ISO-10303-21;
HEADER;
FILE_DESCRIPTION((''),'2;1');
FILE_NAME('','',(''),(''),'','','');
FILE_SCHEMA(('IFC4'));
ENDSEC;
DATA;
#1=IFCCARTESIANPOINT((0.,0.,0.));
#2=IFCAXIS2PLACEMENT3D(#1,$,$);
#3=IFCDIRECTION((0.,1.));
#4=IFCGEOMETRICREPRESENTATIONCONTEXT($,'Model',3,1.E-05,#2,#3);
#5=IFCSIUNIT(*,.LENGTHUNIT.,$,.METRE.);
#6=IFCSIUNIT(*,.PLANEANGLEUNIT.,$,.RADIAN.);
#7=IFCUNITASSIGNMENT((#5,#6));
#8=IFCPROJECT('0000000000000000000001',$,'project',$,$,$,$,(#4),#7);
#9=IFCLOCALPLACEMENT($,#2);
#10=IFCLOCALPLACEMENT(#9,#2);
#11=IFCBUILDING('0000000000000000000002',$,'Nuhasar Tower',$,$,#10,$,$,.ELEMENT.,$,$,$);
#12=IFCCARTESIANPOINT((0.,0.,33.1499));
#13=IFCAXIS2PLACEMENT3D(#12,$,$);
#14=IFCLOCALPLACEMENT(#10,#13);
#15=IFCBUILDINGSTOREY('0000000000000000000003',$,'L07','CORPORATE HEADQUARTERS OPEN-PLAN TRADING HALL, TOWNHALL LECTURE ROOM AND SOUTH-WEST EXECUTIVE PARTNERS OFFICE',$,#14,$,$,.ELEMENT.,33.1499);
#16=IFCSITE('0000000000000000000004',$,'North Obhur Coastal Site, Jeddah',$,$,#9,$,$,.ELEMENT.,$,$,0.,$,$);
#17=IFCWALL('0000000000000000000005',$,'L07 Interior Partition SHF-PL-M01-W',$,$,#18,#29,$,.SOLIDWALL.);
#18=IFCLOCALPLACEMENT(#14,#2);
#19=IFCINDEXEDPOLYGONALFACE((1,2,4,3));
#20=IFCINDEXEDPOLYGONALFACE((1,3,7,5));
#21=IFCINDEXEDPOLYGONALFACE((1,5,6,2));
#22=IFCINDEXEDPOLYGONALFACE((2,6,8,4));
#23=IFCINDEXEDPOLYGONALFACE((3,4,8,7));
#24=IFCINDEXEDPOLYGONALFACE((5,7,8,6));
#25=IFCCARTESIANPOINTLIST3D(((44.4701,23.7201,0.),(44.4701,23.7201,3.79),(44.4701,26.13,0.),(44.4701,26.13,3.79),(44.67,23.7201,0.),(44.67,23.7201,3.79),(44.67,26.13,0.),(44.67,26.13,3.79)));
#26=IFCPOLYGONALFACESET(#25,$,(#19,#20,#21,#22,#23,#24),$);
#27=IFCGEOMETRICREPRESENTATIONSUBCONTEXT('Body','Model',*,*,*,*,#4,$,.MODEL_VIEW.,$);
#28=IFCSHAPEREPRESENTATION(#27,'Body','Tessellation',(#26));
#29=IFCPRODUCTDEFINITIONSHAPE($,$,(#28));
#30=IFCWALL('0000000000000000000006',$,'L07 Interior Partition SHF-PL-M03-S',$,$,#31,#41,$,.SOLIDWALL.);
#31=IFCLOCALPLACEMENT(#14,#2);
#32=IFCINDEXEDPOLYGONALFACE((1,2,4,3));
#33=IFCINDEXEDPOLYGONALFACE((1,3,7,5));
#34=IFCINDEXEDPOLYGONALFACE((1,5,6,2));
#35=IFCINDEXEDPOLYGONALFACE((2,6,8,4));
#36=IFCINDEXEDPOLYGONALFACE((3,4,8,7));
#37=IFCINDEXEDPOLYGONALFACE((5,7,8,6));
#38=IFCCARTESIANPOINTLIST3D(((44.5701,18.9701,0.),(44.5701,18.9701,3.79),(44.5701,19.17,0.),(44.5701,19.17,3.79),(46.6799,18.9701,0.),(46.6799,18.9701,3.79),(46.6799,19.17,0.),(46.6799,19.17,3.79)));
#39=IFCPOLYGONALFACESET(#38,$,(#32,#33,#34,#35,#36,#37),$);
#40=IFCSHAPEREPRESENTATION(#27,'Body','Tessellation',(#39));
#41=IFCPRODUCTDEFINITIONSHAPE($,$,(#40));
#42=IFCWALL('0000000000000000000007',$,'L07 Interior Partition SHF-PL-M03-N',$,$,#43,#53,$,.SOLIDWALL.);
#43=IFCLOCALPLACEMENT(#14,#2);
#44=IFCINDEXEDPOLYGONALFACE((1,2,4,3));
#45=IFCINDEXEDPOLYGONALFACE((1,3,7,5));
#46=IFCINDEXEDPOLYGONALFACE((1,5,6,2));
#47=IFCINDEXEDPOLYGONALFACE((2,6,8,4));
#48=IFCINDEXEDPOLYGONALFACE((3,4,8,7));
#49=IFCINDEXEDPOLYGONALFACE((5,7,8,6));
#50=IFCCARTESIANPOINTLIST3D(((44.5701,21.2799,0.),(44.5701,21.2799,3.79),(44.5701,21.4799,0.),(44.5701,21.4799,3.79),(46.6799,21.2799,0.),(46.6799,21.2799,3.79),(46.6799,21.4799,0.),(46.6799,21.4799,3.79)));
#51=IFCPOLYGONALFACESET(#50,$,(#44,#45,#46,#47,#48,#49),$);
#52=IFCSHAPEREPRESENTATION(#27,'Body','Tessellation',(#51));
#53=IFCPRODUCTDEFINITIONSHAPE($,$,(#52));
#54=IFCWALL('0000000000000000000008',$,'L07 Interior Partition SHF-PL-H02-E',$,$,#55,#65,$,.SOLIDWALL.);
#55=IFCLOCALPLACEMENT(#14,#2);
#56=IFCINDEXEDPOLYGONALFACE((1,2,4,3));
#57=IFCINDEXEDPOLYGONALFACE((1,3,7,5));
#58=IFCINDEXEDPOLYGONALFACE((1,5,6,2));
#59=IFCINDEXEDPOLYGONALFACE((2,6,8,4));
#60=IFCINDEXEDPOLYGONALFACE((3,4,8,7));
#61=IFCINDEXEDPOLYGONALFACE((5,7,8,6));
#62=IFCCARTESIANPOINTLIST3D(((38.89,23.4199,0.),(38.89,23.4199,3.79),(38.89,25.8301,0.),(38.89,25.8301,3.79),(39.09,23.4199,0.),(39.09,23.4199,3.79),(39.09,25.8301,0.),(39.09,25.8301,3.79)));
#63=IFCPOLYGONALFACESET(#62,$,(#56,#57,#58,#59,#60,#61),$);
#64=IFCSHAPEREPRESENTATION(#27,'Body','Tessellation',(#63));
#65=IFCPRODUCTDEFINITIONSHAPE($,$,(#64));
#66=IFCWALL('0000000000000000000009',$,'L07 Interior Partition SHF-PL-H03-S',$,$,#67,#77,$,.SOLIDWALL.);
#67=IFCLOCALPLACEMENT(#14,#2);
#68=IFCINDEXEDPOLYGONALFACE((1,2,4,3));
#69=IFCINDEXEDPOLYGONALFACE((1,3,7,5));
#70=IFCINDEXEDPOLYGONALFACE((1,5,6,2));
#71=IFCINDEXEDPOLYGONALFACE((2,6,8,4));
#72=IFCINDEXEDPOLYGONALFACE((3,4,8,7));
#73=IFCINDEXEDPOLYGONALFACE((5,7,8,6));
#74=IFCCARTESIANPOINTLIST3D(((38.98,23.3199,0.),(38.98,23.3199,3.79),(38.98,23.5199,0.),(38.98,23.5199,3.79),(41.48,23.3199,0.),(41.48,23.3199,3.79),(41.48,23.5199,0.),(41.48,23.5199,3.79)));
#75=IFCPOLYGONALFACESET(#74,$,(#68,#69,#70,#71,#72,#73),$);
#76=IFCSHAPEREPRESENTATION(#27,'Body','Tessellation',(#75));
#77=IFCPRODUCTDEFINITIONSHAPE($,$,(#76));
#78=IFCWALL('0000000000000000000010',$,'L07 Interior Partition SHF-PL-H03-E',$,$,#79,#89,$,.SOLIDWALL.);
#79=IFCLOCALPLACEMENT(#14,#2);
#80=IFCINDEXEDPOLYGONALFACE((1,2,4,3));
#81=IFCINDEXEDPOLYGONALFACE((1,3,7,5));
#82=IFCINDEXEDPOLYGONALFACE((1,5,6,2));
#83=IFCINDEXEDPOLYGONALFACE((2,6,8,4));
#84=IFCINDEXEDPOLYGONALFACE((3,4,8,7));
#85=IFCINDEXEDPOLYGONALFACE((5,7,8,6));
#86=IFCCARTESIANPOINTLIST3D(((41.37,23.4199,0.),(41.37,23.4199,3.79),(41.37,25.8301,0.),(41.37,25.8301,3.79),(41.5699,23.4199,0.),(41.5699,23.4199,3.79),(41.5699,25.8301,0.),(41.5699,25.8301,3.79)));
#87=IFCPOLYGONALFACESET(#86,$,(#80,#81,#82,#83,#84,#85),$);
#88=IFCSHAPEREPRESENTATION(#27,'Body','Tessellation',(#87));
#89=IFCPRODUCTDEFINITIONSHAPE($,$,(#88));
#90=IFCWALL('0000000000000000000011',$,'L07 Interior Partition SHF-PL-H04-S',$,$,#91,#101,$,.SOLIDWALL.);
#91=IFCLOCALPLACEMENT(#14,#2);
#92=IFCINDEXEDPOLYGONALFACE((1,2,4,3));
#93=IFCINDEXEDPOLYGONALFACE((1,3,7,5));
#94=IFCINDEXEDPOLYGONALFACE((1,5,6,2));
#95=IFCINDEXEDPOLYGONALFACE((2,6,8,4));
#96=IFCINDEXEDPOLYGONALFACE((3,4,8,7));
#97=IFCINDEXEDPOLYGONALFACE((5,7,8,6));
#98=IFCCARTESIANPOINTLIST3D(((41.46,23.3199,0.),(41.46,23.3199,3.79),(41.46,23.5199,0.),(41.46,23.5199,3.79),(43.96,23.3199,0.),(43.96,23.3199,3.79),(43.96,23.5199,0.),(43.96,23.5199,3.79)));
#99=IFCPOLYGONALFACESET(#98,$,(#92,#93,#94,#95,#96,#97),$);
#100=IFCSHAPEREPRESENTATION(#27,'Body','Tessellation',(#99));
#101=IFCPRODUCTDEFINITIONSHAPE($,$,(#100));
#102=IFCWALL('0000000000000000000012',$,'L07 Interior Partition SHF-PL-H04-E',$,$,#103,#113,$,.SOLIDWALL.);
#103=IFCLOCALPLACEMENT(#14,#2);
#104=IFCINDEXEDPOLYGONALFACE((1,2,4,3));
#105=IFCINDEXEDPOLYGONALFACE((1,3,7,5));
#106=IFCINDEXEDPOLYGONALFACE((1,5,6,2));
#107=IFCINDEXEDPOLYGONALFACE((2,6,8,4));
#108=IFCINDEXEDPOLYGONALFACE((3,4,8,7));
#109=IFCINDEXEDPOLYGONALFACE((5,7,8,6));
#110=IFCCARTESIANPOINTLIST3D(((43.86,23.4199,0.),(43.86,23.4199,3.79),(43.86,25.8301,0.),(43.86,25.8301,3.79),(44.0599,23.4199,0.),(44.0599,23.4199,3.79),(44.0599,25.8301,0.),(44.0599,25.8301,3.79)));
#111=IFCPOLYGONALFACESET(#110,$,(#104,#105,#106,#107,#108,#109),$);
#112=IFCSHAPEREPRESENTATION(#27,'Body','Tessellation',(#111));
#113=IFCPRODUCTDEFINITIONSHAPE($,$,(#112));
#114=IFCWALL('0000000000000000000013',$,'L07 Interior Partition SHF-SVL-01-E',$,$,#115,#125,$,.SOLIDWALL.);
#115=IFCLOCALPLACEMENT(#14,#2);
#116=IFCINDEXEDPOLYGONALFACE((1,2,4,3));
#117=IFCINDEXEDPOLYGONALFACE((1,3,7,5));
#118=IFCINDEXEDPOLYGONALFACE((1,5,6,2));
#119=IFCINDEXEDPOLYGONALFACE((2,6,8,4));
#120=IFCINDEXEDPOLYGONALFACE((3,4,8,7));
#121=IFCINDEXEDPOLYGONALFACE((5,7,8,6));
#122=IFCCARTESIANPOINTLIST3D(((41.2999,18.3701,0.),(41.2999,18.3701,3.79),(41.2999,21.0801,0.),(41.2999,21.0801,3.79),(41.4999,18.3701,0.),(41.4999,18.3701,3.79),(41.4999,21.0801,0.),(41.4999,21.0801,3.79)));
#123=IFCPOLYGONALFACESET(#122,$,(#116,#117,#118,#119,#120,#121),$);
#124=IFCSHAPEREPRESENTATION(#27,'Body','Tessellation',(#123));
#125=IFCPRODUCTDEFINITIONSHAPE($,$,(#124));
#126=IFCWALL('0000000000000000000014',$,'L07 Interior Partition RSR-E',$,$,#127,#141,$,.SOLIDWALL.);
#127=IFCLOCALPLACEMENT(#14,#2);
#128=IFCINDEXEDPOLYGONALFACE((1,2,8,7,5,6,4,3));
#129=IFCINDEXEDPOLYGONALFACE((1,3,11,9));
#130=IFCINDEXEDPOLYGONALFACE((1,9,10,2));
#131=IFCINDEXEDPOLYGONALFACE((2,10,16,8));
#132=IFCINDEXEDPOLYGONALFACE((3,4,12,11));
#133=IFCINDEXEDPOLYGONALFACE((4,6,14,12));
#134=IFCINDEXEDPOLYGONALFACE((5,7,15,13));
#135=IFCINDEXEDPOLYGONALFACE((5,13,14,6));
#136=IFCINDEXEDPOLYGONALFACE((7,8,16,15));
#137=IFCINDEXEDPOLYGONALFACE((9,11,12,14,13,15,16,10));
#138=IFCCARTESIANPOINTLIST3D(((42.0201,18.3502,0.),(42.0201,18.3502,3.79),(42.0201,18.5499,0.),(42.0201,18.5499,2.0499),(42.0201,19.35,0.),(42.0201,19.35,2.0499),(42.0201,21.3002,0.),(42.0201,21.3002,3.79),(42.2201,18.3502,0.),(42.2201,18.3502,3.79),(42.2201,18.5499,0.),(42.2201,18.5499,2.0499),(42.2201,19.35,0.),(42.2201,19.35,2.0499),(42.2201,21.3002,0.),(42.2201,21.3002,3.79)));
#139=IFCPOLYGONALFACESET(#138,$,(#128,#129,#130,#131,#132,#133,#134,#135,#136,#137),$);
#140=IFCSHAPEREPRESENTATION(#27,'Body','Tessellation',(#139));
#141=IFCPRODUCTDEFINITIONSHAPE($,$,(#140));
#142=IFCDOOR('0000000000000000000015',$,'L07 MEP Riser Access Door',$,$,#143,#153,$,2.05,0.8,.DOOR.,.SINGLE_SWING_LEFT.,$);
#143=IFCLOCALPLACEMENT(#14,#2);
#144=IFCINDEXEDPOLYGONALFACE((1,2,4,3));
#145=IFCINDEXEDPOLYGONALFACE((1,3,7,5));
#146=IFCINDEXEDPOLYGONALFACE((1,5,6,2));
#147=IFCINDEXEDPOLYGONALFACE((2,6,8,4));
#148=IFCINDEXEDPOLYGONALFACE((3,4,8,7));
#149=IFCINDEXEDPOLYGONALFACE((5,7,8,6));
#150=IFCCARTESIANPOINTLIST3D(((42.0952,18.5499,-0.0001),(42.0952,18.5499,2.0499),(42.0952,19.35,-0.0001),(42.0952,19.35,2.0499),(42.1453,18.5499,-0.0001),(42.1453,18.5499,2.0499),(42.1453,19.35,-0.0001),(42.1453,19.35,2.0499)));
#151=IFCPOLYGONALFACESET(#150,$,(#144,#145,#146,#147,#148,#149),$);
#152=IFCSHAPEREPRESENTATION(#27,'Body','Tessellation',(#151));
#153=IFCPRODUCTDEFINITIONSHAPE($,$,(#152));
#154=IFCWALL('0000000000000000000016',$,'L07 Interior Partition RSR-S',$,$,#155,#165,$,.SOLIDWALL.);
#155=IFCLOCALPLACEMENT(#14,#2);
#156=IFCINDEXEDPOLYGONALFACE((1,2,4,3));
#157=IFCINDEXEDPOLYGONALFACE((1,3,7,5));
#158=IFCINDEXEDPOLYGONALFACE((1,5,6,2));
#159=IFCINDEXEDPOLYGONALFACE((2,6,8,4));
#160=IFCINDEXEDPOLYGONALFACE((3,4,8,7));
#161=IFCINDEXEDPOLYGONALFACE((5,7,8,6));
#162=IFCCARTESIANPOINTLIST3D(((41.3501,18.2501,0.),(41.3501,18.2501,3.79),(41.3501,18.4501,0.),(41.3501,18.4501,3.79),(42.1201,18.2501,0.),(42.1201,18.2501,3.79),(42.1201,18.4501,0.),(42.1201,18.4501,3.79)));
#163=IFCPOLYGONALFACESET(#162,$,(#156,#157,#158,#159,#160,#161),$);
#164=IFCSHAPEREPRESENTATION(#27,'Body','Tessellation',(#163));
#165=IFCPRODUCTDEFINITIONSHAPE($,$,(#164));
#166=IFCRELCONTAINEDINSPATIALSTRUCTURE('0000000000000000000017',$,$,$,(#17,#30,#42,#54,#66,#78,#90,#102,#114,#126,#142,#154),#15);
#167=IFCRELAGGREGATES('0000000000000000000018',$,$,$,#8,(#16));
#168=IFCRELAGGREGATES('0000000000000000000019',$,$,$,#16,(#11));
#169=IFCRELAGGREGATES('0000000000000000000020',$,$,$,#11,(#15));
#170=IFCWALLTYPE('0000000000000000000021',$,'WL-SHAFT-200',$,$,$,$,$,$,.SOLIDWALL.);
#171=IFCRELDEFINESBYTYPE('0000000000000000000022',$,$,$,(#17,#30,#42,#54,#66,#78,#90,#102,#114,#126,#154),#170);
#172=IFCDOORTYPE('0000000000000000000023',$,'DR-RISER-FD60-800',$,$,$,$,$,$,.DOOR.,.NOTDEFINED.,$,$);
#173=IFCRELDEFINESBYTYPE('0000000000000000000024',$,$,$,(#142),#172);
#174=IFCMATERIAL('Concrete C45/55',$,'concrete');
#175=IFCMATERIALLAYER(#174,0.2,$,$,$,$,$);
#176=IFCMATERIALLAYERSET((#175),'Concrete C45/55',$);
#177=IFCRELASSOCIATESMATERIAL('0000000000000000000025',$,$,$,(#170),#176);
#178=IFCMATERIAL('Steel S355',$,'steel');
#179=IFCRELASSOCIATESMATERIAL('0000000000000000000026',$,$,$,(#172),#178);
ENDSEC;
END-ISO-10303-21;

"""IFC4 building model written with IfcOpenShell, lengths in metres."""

from ifc_helpers import new_model, si_unit, direction, frame, frame_2d, origin, place, context, subcontext, project, spatial, rectangle, extrude, material, layer, layer_set, type_object, element, fill, save


model = new_model("IFC4")

# Units and contexts
model_context = context("Model", 3, precision=1e-05, world=origin(), true_north=direction((0.0, 1.0)))
body_context = subcontext(model_context, "Body", "Model", "MODEL_VIEW")
ifc_project = project(units=[si_unit("LENGTHUNIT", "METRE"), si_unit("PLANEANGLEUNIT", "RADIAN")], contexts=[model_context])

# Site, building, storey
site_placement = place(None, origin())
site = spatial("IfcSite", under=ifc_project, at=site_placement, Name="North Obhur Coastal Site, Jeddah", CompositionType="ELEMENT", RefElevation=0.0)
building_placement = place(site_placement, origin())
building = spatial("IfcBuilding", under=site, at=building_placement, Name="Nuhasar Tower", CompositionType="ELEMENT")
storey_placement = place(building_placement, frame((0.0, 0.0, 33.1499)))
storey = spatial("IfcBuildingStorey", under=building, at=storey_placement, Name="L07", Description="CORPORATE HEADQUARTERS OPEN-PLAN TRADING HALL, TOWNHALL LECTURE ROOM AND SOUTH-WEST EXECUTIVE PARTNERS OFFICE", CompositionType="ELEMENT", Elevation=33.1499)

# Shared definitions
ifc_material_1 = material(Name="Steel S355", Category="steel")

# Shared definitions
ifc_material_2 = material(Name="Concrete C45/55", Category="concrete")

# Walls
ifc_layer_1 = layer(ifc_material_2, 0.2)
ifc_layer_set_1 = layer_set([ifc_layer_1], Name="Concrete C45/55")
wall_type_1 = type_object("IfcWallType", Name="WL-SHAFT-200", PredefinedType="SOLIDWALL", material=ifc_layer_set_1)
wall_1_placement = place(storey_placement, frame((44.5701, 23.72, 0.0), z_axis=(0.0, 0.0, 1.0), x_axis=(0.0, 1.0, 0.0)))
element("IfcWall", 1, at=wall_1_placement, inside=storey, type_object=wall_type_1, Name="L07 Interior Partition SHF-PL-M01-W", PredefinedType="SOLIDWALL", context=body_context, shape_type="SweptSolid", body=[
    extrude(rectangle(XDim=2.4099, YDim=0.2, at=frame_2d((1.2051, 0.0))), origin(), (0.0, 0.0, 1.0), 3.79),
])
for number, where, z_axis, x_axis, name in (
    (2, (44.5701, 19.0701, 0.0), (0.0, 0.0, 1.0), (1.0, 0.0, 0.0), "L07 Interior Partition SHF-PL-M03-S"),
    (3, (44.5701, 21.3799, 0.0), (0.0, 0.0, 1.0), (1.0, 0.0, 0.0), "L07 Interior Partition SHF-PL-M03-N"),
):
    element("IfcWall", number, at=place(storey_placement, frame(where, z_axis=z_axis, x_axis=x_axis)), inside=storey, type_object=wall_type_1, Name=name, PredefinedType="SOLIDWALL", context=body_context, shape_type="SweptSolid", body=[
        extrude(rectangle(XDim=2.1099, YDim=0.2, at=frame_2d((1.0549, 0.0))), origin(), (0.0, 0.0, 1.0), 3.79),
    ])
wall_2_placement = place(storey_placement, frame((38.99, 23.4199, 0.0), z_axis=(0.0, 0.0, 1.0), x_axis=(0.0, 1.0, 0.0)))
element("IfcWall", 4, at=wall_2_placement, inside=storey, type_object=wall_type_1, Name="L07 Interior Partition SHF-PL-H02-E", PredefinedType="SOLIDWALL", context=body_context, shape_type="SweptSolid", body=[
    extrude(rectangle(XDim=2.4102, YDim=0.2, at=frame_2d((1.2051, 0.0))), origin(), (0.0, 0.0, 1.0), 3.79),
])
wall_3_placement = place(storey_placement, frame((38.98, 23.4199, 0.0), z_axis=(0.0, 0.0, 1.0), x_axis=(1.0, 0.0, 0.0)))
element("IfcWall", 5, at=wall_3_placement, inside=storey, type_object=wall_type_1, Name="L07 Interior Partition SHF-PL-H03-S", PredefinedType="SOLIDWALL", context=body_context, shape_type="SweptSolid", body=[
    extrude(rectangle(XDim=2.5, YDim=0.2, at=frame_2d((1.25, 0.0))), origin(), (0.0, 0.0, 1.0), 3.79),
])
wall_4_placement = place(storey_placement, frame((41.47, 23.4199, 0.0), z_axis=(0.0, 0.0, 1.0), x_axis=(0.0, 1.0, 0.0)))
element("IfcWall", 6, at=wall_4_placement, inside=storey, type_object=wall_type_1, Name="L07 Interior Partition SHF-PL-H03-E", PredefinedType="SOLIDWALL", context=body_context, shape_type="SweptSolid", body=[
    extrude(rectangle(XDim=2.4102, YDim=0.2, at=frame_2d((1.2051, 0.0))), origin(), (0.0, 0.0, 1.0), 3.79),
])
wall_5_placement = place(storey_placement, frame((41.46, 23.4199, 0.0), z_axis=(0.0, 0.0, 1.0), x_axis=(1.0, 0.0, 0.0)))
element("IfcWall", 7, at=wall_5_placement, inside=storey, type_object=wall_type_1, Name="L07 Interior Partition SHF-PL-H04-S", PredefinedType="SOLIDWALL", context=body_context, shape_type="SweptSolid", body=[
    extrude(rectangle(XDim=2.5, YDim=0.2, at=frame_2d((1.25, 0.0))), origin(), (0.0, 0.0, 1.0), 3.79),
])
wall_6_placement = place(storey_placement, frame((43.96, 23.4199, 0.0), z_axis=(0.0, 0.0, 1.0), x_axis=(0.0, 1.0, 0.0)))
element("IfcWall", 8, at=wall_6_placement, inside=storey, type_object=wall_type_1, Name="L07 Interior Partition SHF-PL-H04-E", PredefinedType="SOLIDWALL", context=body_context, shape_type="SweptSolid", body=[
    extrude(rectangle(XDim=2.4102, YDim=0.2, at=frame_2d((1.2051, 0.0))), origin(), (0.0, 0.0, 1.0), 3.79),
])
wall_7_placement = place(storey_placement, frame((41.3999, 18.3701, 0.0), z_axis=(0.0, 0.0, 1.0), x_axis=(0.0, 1.0, 0.0)))
element("IfcWall", 9, at=wall_7_placement, inside=storey, type_object=wall_type_1, Name="L07 Interior Partition SHF-SVL-01-E", PredefinedType="SOLIDWALL", context=body_context, shape_type="SweptSolid", body=[
    extrude(rectangle(XDim=2.71, YDim=0.2, at=frame_2d((1.355, 0.0))), origin(), (0.0, 0.0, 1.0), 3.79),
])

# Wall, opening, door
wall_8_placement = place(storey_placement, frame((42.1201, 18.3501, 0.0), z_axis=(0.0, 0.0, 1.0), x_axis=(0.0, 1.0, 0.0)))
wall_8 = element("IfcWall", 10, at=wall_8_placement, inside=storey, type_object=wall_type_1, Name="L07 Interior Partition RSR-E", PredefinedType="SOLIDWALL", context=body_context, shape_type="SweptSolid", body=[
    extrude(rectangle(XDim=2.95, YDim=0.2, at=frame_2d((1.4751, 0.0))), origin(), (0.0, 0.0, 1.0), 3.79),
])
opening_1_placement = place(wall_8_placement, frame((0.2, 0.0, 0.0)))
opening_1 = element("IfcOpeningElement", 11, at=opening_1_placement, cuts=wall_8, PredefinedType="OPENING", context=body_context, shape_type="SweptSolid", body=[
    extrude(rectangle(XDim=0.8, YDim=2.05, at=frame_2d((0.3999, 1.0249))), frame((0.0, 0.1099, 0.0), z_axis=(0.0, -1.0, 0.0), x_axis=(1.0, 0.0, 0.0)), (0.0, 0.0, 1.0), 0.22),
])
door_type_1 = type_object("IfcDoorType", Name="DR-RISER-FD60-800", OperationType="NOTDEFINED", PredefinedType="DOOR", material=ifc_material_1)
door_1_placement = place(opening_1_placement, origin())
door_1 = element("IfcDoor", 12, at=door_1_placement, inside=storey, type_object=door_type_1, Name="L07 MEP Riser Access Door", OperationType="SINGLE_SWING_LEFT", OverallHeight=2.05, OverallWidth=0.8, PredefinedType="DOOR", context=body_context, shape_type="SweptSolid", body=[
    extrude(rectangle(XDim=0.8, YDim=2.05, at=frame_2d((0.3999, 1.0249))), frame((0.0, 0.0249, 0.0), z_axis=(0.0, -1.0, 0.0), x_axis=(1.0, 0.0, 0.0)), (0.0, 0.0, 1.0), 0.05),
])
fill(opening_1, door_1)

# Wall
wall_9_placement = place(storey_placement, frame((41.3501, 18.3501, 0.0), z_axis=(0.0, 0.0, 1.0), x_axis=(1.0, 0.0, 0.0)))
element("IfcWall", 13, at=wall_9_placement, inside=storey, type_object=wall_type_1, Name="L07 Interior Partition RSR-S", PredefinedType="SOLIDWALL", context=body_context, shape_type="SweptSolid", body=[
    extrude(rectangle(XDim=0.77, YDim=0.2, at=frame_2d((0.385, 0.0))), origin(), (0.0, 0.0, 1.0), 3.79),
])

save(model, "model.ifc")
